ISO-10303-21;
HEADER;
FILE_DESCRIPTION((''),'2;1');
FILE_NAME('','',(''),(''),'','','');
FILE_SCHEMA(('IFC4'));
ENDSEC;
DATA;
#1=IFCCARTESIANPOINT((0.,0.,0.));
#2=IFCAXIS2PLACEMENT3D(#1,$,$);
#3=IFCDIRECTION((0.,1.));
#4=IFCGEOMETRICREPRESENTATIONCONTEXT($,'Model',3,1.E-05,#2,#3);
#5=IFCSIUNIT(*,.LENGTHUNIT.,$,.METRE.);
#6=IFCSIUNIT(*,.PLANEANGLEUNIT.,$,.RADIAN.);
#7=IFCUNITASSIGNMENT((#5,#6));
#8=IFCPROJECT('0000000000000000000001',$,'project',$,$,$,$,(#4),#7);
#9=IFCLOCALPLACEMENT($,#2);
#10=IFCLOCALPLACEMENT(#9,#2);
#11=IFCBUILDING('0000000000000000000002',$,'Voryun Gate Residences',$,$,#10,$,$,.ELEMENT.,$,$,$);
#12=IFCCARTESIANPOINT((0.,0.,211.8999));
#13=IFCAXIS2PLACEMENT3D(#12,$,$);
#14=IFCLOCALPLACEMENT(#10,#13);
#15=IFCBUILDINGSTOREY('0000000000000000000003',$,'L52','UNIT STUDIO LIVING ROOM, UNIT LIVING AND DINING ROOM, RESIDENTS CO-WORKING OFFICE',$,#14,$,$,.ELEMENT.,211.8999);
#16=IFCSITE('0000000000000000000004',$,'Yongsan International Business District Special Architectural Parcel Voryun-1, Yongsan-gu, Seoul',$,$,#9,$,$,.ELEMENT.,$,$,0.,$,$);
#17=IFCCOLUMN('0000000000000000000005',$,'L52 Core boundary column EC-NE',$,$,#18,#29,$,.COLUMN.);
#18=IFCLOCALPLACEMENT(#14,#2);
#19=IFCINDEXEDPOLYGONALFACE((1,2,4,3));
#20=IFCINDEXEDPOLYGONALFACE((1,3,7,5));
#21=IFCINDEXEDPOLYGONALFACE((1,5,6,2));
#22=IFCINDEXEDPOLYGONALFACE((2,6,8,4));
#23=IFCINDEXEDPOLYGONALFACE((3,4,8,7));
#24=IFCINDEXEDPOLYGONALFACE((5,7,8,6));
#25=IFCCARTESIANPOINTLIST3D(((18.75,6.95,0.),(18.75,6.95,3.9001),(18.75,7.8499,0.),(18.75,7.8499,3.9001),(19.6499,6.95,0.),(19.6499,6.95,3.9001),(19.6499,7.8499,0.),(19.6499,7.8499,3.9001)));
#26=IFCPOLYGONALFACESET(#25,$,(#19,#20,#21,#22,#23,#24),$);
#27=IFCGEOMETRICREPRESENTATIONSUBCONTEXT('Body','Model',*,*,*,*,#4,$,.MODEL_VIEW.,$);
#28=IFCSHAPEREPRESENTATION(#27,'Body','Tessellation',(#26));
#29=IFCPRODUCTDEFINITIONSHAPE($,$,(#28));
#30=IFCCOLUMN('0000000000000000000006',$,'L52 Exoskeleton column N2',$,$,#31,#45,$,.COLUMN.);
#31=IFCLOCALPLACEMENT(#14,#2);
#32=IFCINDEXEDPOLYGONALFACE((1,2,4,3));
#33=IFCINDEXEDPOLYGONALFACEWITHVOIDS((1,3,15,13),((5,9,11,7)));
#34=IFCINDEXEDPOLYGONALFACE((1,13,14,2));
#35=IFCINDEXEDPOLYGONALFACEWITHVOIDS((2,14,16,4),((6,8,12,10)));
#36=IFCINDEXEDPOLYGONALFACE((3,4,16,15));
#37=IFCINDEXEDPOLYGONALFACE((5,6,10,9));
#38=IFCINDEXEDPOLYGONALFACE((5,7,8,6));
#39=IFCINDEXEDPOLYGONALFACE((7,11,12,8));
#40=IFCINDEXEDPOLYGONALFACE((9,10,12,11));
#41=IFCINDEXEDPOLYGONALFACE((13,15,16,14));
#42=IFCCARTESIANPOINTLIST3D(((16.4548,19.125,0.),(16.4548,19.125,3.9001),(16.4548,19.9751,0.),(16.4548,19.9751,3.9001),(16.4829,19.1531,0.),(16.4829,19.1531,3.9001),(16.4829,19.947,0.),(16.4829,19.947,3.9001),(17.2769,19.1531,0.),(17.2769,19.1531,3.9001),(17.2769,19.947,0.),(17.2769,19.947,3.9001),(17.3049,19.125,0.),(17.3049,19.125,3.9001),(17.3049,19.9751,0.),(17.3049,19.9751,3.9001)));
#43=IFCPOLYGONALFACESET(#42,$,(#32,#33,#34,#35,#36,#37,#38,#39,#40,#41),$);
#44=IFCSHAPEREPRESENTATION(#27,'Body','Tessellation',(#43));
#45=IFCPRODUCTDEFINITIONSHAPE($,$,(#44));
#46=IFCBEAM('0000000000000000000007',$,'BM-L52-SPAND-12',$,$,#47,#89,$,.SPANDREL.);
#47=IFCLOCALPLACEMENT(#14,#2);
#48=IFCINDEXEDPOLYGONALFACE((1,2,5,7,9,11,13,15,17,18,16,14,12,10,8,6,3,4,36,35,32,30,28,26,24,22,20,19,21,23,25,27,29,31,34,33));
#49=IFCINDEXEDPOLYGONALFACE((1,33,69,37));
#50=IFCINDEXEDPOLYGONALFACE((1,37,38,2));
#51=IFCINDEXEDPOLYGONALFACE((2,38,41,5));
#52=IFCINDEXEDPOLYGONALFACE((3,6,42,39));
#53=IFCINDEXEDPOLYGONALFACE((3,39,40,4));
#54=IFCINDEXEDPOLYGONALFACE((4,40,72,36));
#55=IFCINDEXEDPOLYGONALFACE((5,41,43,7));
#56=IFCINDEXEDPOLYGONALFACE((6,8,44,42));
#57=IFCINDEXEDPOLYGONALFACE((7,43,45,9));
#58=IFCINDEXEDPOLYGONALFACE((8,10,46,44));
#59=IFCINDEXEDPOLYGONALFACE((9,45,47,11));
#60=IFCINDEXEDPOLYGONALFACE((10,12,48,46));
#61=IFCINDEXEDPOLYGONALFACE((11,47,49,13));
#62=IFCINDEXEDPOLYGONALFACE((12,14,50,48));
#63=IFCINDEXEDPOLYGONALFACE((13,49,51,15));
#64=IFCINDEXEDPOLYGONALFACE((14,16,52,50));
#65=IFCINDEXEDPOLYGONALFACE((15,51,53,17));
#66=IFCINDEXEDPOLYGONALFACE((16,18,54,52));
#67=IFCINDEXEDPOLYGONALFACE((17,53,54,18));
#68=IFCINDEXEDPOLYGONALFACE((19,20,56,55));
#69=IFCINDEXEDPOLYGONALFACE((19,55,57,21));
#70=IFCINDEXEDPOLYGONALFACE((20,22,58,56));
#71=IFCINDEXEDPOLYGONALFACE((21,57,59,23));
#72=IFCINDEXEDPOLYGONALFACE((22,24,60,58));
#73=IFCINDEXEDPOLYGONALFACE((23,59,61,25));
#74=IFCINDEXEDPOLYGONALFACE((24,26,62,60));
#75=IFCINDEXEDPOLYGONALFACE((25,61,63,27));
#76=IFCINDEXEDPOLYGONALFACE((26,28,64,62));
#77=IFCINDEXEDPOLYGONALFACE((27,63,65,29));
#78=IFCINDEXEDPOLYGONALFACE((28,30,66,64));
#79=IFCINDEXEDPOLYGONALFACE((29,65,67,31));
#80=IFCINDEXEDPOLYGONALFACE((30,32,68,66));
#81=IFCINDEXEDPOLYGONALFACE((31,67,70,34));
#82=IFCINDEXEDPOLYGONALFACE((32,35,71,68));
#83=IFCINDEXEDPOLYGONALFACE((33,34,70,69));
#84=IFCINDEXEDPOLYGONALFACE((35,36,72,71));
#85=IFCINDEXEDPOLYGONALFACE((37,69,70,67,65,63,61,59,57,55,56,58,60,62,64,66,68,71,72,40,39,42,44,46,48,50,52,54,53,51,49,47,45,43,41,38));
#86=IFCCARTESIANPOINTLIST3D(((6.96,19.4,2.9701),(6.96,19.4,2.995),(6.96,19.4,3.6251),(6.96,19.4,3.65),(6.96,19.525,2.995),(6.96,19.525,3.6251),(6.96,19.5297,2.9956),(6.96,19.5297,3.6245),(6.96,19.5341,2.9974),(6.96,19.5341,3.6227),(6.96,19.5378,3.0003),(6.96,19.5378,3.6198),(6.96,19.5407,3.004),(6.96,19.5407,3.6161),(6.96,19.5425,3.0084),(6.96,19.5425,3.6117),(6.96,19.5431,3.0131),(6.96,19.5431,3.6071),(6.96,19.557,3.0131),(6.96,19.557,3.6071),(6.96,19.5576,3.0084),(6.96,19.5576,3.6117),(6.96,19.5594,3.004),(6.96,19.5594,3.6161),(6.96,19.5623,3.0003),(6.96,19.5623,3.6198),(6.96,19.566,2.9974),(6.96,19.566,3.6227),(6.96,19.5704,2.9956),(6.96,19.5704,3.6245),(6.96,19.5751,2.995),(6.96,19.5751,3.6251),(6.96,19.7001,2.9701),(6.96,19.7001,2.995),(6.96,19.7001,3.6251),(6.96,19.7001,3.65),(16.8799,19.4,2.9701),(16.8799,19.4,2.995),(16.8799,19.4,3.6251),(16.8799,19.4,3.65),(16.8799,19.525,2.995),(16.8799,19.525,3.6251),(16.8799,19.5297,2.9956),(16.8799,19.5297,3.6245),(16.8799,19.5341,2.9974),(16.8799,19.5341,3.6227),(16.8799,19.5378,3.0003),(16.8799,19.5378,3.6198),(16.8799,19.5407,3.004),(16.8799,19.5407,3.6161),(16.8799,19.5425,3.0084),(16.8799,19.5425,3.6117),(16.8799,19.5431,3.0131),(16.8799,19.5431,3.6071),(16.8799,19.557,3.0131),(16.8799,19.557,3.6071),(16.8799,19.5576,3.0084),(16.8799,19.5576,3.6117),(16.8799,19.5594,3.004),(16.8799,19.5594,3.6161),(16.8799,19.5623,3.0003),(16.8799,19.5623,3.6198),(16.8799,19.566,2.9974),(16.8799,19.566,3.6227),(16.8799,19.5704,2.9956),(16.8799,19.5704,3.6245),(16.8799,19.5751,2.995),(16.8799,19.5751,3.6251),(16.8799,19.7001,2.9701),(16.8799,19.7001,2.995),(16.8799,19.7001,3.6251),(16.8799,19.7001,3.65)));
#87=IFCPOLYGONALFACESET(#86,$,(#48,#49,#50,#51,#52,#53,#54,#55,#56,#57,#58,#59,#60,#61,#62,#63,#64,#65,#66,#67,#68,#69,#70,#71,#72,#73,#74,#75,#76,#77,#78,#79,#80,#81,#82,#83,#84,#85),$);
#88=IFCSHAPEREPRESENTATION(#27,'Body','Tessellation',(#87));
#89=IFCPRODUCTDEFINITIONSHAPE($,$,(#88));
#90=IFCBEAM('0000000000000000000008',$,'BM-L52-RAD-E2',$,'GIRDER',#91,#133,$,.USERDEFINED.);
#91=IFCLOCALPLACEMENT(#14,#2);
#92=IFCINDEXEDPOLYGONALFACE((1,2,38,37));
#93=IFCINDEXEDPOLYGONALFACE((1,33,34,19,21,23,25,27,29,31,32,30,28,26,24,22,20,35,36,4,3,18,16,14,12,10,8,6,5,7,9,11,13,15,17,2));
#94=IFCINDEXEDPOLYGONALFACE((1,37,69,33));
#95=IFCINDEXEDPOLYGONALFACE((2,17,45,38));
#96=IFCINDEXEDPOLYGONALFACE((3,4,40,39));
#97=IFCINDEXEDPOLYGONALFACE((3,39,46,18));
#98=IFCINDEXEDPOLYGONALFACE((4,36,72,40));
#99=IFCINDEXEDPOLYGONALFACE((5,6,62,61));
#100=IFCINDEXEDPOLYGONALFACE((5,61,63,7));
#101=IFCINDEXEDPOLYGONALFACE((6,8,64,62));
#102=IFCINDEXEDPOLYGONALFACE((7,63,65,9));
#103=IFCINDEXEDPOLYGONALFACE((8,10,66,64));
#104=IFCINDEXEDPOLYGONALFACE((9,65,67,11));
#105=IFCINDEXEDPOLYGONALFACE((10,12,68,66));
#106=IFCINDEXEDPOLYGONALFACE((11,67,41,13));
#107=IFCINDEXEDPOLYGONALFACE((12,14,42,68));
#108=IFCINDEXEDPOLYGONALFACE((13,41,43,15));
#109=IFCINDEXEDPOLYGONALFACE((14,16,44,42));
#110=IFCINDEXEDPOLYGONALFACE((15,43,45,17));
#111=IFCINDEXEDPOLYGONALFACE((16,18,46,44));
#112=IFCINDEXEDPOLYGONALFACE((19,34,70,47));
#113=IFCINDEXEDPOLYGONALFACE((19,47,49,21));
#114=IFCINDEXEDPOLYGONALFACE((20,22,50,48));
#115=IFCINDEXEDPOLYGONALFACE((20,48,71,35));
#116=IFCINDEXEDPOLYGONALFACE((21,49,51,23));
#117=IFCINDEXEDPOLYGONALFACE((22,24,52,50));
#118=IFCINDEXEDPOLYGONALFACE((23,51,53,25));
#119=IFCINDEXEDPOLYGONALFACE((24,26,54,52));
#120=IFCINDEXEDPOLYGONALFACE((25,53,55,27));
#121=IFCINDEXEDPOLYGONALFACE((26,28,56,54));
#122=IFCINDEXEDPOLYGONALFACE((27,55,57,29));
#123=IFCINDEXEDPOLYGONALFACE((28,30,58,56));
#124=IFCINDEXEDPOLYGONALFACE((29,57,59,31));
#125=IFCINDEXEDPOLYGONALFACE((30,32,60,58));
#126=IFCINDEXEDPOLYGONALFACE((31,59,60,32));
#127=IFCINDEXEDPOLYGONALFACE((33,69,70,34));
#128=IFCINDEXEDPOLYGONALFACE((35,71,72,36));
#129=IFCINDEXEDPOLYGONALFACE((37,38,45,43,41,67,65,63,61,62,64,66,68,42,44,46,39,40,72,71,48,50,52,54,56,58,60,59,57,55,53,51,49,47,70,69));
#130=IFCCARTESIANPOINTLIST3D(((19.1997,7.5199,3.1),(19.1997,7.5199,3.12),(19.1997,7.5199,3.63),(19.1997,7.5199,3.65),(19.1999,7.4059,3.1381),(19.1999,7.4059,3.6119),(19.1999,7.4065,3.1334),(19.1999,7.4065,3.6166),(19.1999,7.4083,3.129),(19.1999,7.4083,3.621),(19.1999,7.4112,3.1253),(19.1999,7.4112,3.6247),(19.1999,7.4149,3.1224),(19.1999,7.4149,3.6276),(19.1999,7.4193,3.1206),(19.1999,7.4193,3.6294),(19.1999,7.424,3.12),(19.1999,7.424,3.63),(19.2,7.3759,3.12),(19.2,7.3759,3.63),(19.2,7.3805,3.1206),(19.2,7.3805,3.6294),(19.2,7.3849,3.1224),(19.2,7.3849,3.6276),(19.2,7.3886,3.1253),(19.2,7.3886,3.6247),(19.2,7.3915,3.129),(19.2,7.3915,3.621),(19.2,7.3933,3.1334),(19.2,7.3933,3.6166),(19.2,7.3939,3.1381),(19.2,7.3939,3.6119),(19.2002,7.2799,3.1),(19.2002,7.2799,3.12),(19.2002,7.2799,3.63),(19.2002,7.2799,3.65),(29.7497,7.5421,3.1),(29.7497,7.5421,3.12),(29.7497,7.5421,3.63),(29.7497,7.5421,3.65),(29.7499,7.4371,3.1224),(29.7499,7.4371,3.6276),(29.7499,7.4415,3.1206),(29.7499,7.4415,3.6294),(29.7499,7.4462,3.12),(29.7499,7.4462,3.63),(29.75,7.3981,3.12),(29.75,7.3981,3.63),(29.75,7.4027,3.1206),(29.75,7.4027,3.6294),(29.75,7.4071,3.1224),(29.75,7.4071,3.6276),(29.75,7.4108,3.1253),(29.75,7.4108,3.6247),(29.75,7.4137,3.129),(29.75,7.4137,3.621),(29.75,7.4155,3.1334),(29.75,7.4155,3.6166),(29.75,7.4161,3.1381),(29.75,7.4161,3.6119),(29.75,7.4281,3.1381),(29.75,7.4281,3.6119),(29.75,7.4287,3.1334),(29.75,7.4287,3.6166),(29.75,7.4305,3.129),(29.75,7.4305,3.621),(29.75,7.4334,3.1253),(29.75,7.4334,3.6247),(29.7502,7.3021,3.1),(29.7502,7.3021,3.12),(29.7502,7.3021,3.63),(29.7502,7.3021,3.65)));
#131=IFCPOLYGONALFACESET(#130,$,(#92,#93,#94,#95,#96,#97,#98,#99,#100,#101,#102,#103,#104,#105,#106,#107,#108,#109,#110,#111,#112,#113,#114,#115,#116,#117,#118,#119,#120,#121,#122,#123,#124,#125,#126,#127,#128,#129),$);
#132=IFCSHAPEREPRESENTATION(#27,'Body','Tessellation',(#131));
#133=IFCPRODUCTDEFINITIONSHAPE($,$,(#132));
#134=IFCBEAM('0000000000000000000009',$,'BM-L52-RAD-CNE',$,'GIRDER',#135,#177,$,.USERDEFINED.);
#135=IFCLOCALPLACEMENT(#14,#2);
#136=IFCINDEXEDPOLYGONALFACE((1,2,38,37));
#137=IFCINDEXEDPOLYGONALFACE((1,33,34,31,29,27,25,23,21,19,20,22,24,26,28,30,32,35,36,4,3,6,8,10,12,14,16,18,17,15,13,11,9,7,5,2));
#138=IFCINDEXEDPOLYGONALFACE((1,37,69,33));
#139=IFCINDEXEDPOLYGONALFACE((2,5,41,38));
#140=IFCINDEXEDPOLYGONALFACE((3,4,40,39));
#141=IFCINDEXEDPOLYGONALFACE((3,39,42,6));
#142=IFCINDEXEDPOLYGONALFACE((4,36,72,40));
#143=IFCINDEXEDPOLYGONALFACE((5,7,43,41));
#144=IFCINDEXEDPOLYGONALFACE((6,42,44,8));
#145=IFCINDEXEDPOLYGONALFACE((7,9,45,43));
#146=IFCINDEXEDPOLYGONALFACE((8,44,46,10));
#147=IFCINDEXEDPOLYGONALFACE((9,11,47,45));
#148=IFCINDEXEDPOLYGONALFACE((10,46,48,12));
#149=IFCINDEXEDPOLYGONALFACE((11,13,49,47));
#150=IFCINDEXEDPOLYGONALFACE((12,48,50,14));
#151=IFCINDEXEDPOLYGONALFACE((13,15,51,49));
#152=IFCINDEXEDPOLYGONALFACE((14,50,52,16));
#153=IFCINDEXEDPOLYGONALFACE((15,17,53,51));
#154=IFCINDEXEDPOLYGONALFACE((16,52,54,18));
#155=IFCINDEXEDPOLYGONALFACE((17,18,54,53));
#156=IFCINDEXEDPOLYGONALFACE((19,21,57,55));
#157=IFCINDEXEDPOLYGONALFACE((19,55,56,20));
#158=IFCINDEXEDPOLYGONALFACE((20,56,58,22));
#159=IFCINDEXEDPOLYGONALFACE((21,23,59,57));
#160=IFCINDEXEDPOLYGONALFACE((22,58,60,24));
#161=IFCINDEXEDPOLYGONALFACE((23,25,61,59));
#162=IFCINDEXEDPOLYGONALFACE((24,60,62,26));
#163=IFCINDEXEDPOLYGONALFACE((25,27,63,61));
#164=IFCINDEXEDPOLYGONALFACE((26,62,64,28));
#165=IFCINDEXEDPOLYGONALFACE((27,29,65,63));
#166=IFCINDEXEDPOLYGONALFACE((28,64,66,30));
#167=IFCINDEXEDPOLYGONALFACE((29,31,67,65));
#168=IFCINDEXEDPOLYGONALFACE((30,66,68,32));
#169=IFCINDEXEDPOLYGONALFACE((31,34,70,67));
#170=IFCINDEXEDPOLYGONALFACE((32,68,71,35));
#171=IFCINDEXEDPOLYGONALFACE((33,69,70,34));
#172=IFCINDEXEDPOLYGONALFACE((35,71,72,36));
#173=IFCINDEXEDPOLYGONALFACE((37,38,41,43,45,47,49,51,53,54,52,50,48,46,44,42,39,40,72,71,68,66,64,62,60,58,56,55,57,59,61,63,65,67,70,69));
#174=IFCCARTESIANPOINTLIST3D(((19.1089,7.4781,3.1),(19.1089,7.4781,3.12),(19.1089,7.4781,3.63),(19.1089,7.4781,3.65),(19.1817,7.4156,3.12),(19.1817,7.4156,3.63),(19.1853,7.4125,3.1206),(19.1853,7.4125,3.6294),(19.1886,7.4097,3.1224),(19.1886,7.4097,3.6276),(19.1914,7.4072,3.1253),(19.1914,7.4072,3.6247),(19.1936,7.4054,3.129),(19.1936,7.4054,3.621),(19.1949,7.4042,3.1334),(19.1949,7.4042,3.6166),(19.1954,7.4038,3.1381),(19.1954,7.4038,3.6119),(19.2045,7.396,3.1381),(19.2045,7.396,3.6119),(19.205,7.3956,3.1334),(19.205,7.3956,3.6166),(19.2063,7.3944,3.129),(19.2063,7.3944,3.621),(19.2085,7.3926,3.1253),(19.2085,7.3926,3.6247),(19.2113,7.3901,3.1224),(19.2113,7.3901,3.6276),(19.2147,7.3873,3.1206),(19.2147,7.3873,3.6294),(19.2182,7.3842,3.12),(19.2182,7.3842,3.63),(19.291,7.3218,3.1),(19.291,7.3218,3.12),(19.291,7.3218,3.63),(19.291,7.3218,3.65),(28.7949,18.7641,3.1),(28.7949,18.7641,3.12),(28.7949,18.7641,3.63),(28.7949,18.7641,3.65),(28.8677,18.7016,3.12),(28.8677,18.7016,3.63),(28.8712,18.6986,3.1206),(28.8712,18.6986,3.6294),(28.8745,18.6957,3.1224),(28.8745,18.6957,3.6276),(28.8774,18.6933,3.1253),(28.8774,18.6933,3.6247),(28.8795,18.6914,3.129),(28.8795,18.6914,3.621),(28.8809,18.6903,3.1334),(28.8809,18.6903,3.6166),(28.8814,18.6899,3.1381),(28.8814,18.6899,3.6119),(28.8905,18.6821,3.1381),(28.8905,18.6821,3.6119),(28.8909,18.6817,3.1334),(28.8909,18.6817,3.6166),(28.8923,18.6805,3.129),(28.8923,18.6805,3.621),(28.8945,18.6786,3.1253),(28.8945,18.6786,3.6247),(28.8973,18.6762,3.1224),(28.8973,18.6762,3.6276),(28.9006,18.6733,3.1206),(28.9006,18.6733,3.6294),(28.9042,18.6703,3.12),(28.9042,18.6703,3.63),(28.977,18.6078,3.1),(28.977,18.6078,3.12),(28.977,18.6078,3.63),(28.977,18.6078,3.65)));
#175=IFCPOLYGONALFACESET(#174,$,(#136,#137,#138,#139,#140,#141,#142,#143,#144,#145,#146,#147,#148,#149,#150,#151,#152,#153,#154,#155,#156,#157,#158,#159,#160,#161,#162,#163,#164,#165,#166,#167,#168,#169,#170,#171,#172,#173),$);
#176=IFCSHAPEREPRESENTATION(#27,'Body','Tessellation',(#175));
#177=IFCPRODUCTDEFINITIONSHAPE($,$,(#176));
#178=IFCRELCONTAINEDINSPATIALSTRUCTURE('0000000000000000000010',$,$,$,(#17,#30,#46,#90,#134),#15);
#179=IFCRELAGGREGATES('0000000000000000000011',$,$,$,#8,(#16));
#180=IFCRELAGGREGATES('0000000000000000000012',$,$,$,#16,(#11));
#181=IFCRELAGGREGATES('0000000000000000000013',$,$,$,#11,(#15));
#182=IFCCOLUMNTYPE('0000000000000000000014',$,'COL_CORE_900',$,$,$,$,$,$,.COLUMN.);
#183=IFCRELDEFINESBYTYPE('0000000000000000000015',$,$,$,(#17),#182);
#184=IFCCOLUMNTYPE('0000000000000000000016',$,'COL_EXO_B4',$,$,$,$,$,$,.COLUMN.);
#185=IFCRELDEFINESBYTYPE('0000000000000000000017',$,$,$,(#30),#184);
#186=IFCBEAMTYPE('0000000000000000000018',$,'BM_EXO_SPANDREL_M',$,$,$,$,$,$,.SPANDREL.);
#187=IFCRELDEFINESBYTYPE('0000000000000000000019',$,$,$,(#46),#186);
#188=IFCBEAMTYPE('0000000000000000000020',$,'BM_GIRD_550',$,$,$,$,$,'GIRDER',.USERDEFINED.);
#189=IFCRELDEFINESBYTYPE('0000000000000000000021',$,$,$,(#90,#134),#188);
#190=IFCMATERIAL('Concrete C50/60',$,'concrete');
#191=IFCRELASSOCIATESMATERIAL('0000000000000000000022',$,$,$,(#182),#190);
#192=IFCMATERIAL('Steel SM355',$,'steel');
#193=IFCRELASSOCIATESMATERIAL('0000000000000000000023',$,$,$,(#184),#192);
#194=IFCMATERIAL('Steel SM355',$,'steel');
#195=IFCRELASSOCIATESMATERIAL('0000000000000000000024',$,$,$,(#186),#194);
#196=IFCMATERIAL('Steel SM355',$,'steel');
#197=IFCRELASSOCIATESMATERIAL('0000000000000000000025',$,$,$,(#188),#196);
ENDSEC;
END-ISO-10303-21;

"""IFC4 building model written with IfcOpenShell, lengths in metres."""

from ifc_helpers import new_model, si_unit, direction, frame, origin, origin_2d, place, context, subcontext, project, spatial, rectangle, hollow_rectangle, i_section, extrude, material, material_profile, profile_set, type_object, element, save


model = new_model("IFC4")

# Units and contexts
model_context = context("Model", 3, precision=1e-05, world=origin(), true_north=direction((0.0, 1.0)))
body_context = subcontext(model_context, "Body", "Model", "MODEL_VIEW")
ifc_project = project(units=[si_unit("LENGTHUNIT", "METRE"), si_unit("PLANEANGLEUNIT", "RADIAN")], contexts=[model_context])

# Site, building, storey
site_placement = place(None, origin())
site = spatial("IfcSite", under=ifc_project, at=site_placement, Name="Yongsan International Business District Special Architectural Parcel Voryun-1, Yongsan-gu, Seoul", CompositionType="ELEMENT", RefElevation=0.0)
building_placement = place(site_placement, origin())
building = spatial("IfcBuilding", under=site, at=building_placement, Name="Voryun Gate Residences", CompositionType="ELEMENT")
storey_placement = place(building_placement, frame((0.0, 0.0, 211.8999)))
storey = spatial("IfcBuildingStorey", under=building, at=storey_placement, Name="L52", Description="UNIT STUDIO LIVING ROOM, UNIT LIVING AND DINING ROOM, RESIDENTS CO-WORKING OFFICE", CompositionType="ELEMENT", Elevation=211.8999)

# Columns
ifc_material_1 = material(Name="Concrete C50/60", Category="concrete")
ifc_material_profile_1 = material_profile(ifc_material_1, rectangle(XDim=0.8999, YDim=0.8999, at=origin_2d()), Name="RC-900x900")
ifc_profile_set_1 = profile_set([ifc_material_profile_1], Name="Concrete C50/60")
column_type_1 = type_object("IfcColumnType", Name="COL_CORE_900", PredefinedType="COLUMN", material=ifc_profile_set_1)
column_1_placement = place(storey_placement, frame((19.2, 7.3999, 0.0), z_axis=(0.0, 0.0, 1.0), x_axis=(1.0, 0.0, 0.0)))
element("IfcColumn", 1, at=column_1_placement, inside=storey, type_object=column_type_1, Name="L52 Core boundary column EC-NE", PredefinedType="COLUMN", context=body_context, shape_type="SweptSolid", body=[
    extrude(rectangle(XDim=0.8999, YDim=0.8999, at=origin_2d()), origin(), (0.0, 0.0, 1.0), 3.9001),
])
ifc_material_2 = material(Name="Steel SM355", Category="steel")
ifc_material_profile_2 = material_profile(ifc_material_2, hollow_rectangle(XDim=0.8501, YDim=0.8501, WallThickness=0.0281, at=origin_2d()), Name="BOX-850x850x28")
ifc_profile_set_2 = profile_set([ifc_material_profile_2], Name="Steel SM355")
column_type_2 = type_object("IfcColumnType", Name="COL_EXO_B4", PredefinedType="COLUMN", material=ifc_profile_set_2)
column_2_placement = place(storey_placement, frame((16.8799, 19.55, 0.0), z_axis=(0.0, 0.0, 1.0), x_axis=(1.0, 0.0, 0.0)))
element("IfcColumn", 2, at=column_2_placement, inside=storey, type_object=column_type_2, Name="L52 Exoskeleton column N2", PredefinedType="COLUMN", context=body_context, shape_type="SweptSolid", body=[
    extrude(hollow_rectangle(XDim=0.8501, YDim=0.8501, WallThickness=0.0281, at=origin_2d()), origin(), (0.0, 0.0, 1.0), 3.9001),
])

# Beams
ifc_material_3 = material(Name="Steel SM355", Category="steel")
ifc_material_profile_3 = material_profile(ifc_material_3, i_section(OverallWidth=0.3, OverallDepth=0.6799, WebThickness=0.0139, FlangeThickness=0.0249, FilletRadius=0.0181, at=origin_2d()), Name="H-680x300x14x25")
ifc_profile_set_3 = profile_set([ifc_material_profile_3], Name="Steel SM355")
beam_type_1 = type_object("IfcBeamType", Name="BM_EXO_SPANDREL_M", PredefinedType="SPANDREL", material=ifc_profile_set_3)
beam_1_placement = place(storey_placement, frame((16.8799, 19.55, 3.3101), z_axis=(-1.0, 0.0, 0.0), x_axis=(0.0, -1.0, 0.0)))
element("IfcBeam", 3, at=beam_1_placement, inside=storey, type_object=beam_type_1, Name="BM-L52-SPAND-12", PredefinedType="SPANDREL", context=body_context, shape_type="SweptSolid", body=[
    extrude(i_section(OverallWidth=0.3, OverallDepth=0.6799, WebThickness=0.0139, FlangeThickness=0.0249, FilletRadius=0.0181, at=origin_2d()), origin(), (0.0, 0.0, 1.0), 9.9199),
])
ifc_material_4 = material(Name="Steel SM355", Category="steel")
ifc_material_profile_4 = material_profile(ifc_material_4, i_section(OverallWidth=0.24, OverallDepth=0.55, WebThickness=0.012, FlangeThickness=0.02, FilletRadius=0.0181, at=origin_2d()), Name="H-550x240x12x20")
ifc_profile_set_4 = profile_set([ifc_material_profile_4], Name="Steel SM355")
beam_type_2 = type_object("IfcBeamType", Name="BM_GIRD_550", ElementType="GIRDER", PredefinedType="USERDEFINED", material=ifc_profile_set_4)
beam_2_placement = place(storey_placement, frame((19.2, 7.3999, 3.375), z_axis=(0.999998, 0.002106, 0.0), x_axis=(-0.002106, 0.999998, 0.0)))
element("IfcBeam", 4, at=beam_2_placement, inside=storey, type_object=beam_type_2, Name="BM-L52-RAD-E2", ObjectType="GIRDER", PredefinedType="USERDEFINED", context=body_context, shape_type="SweptSolid", body=[
    extrude(i_section(OverallWidth=0.24, OverallDepth=0.55, WebThickness=0.012, FlangeThickness=0.02, FilletRadius=0.0181, at=origin_2d()), origin(), (0.0, 0.0, 1.0), 10.55),
])
beam_3_placement = place(storey_placement, frame((19.2, 7.3999, 3.375), z_axis=(0.651264, 0.758851, 0.0), x_axis=(-0.758851, 0.651264, 0.0)))
element("IfcBeam", 5, at=beam_3_placement, inside=storey, type_object=beam_type_2, Name="BM-L52-RAD-CNE", ObjectType="GIRDER", PredefinedType="USERDEFINED", context=body_context, shape_type="SweptSolid", body=[
    extrude(i_section(OverallWidth=0.24, OverallDepth=0.55, WebThickness=0.012, FlangeThickness=0.02, FilletRadius=0.0181, at=origin_2d()), origin(), (0.0, 0.0, 1.0), 14.8726),
])

save(model, "model.ifc")
